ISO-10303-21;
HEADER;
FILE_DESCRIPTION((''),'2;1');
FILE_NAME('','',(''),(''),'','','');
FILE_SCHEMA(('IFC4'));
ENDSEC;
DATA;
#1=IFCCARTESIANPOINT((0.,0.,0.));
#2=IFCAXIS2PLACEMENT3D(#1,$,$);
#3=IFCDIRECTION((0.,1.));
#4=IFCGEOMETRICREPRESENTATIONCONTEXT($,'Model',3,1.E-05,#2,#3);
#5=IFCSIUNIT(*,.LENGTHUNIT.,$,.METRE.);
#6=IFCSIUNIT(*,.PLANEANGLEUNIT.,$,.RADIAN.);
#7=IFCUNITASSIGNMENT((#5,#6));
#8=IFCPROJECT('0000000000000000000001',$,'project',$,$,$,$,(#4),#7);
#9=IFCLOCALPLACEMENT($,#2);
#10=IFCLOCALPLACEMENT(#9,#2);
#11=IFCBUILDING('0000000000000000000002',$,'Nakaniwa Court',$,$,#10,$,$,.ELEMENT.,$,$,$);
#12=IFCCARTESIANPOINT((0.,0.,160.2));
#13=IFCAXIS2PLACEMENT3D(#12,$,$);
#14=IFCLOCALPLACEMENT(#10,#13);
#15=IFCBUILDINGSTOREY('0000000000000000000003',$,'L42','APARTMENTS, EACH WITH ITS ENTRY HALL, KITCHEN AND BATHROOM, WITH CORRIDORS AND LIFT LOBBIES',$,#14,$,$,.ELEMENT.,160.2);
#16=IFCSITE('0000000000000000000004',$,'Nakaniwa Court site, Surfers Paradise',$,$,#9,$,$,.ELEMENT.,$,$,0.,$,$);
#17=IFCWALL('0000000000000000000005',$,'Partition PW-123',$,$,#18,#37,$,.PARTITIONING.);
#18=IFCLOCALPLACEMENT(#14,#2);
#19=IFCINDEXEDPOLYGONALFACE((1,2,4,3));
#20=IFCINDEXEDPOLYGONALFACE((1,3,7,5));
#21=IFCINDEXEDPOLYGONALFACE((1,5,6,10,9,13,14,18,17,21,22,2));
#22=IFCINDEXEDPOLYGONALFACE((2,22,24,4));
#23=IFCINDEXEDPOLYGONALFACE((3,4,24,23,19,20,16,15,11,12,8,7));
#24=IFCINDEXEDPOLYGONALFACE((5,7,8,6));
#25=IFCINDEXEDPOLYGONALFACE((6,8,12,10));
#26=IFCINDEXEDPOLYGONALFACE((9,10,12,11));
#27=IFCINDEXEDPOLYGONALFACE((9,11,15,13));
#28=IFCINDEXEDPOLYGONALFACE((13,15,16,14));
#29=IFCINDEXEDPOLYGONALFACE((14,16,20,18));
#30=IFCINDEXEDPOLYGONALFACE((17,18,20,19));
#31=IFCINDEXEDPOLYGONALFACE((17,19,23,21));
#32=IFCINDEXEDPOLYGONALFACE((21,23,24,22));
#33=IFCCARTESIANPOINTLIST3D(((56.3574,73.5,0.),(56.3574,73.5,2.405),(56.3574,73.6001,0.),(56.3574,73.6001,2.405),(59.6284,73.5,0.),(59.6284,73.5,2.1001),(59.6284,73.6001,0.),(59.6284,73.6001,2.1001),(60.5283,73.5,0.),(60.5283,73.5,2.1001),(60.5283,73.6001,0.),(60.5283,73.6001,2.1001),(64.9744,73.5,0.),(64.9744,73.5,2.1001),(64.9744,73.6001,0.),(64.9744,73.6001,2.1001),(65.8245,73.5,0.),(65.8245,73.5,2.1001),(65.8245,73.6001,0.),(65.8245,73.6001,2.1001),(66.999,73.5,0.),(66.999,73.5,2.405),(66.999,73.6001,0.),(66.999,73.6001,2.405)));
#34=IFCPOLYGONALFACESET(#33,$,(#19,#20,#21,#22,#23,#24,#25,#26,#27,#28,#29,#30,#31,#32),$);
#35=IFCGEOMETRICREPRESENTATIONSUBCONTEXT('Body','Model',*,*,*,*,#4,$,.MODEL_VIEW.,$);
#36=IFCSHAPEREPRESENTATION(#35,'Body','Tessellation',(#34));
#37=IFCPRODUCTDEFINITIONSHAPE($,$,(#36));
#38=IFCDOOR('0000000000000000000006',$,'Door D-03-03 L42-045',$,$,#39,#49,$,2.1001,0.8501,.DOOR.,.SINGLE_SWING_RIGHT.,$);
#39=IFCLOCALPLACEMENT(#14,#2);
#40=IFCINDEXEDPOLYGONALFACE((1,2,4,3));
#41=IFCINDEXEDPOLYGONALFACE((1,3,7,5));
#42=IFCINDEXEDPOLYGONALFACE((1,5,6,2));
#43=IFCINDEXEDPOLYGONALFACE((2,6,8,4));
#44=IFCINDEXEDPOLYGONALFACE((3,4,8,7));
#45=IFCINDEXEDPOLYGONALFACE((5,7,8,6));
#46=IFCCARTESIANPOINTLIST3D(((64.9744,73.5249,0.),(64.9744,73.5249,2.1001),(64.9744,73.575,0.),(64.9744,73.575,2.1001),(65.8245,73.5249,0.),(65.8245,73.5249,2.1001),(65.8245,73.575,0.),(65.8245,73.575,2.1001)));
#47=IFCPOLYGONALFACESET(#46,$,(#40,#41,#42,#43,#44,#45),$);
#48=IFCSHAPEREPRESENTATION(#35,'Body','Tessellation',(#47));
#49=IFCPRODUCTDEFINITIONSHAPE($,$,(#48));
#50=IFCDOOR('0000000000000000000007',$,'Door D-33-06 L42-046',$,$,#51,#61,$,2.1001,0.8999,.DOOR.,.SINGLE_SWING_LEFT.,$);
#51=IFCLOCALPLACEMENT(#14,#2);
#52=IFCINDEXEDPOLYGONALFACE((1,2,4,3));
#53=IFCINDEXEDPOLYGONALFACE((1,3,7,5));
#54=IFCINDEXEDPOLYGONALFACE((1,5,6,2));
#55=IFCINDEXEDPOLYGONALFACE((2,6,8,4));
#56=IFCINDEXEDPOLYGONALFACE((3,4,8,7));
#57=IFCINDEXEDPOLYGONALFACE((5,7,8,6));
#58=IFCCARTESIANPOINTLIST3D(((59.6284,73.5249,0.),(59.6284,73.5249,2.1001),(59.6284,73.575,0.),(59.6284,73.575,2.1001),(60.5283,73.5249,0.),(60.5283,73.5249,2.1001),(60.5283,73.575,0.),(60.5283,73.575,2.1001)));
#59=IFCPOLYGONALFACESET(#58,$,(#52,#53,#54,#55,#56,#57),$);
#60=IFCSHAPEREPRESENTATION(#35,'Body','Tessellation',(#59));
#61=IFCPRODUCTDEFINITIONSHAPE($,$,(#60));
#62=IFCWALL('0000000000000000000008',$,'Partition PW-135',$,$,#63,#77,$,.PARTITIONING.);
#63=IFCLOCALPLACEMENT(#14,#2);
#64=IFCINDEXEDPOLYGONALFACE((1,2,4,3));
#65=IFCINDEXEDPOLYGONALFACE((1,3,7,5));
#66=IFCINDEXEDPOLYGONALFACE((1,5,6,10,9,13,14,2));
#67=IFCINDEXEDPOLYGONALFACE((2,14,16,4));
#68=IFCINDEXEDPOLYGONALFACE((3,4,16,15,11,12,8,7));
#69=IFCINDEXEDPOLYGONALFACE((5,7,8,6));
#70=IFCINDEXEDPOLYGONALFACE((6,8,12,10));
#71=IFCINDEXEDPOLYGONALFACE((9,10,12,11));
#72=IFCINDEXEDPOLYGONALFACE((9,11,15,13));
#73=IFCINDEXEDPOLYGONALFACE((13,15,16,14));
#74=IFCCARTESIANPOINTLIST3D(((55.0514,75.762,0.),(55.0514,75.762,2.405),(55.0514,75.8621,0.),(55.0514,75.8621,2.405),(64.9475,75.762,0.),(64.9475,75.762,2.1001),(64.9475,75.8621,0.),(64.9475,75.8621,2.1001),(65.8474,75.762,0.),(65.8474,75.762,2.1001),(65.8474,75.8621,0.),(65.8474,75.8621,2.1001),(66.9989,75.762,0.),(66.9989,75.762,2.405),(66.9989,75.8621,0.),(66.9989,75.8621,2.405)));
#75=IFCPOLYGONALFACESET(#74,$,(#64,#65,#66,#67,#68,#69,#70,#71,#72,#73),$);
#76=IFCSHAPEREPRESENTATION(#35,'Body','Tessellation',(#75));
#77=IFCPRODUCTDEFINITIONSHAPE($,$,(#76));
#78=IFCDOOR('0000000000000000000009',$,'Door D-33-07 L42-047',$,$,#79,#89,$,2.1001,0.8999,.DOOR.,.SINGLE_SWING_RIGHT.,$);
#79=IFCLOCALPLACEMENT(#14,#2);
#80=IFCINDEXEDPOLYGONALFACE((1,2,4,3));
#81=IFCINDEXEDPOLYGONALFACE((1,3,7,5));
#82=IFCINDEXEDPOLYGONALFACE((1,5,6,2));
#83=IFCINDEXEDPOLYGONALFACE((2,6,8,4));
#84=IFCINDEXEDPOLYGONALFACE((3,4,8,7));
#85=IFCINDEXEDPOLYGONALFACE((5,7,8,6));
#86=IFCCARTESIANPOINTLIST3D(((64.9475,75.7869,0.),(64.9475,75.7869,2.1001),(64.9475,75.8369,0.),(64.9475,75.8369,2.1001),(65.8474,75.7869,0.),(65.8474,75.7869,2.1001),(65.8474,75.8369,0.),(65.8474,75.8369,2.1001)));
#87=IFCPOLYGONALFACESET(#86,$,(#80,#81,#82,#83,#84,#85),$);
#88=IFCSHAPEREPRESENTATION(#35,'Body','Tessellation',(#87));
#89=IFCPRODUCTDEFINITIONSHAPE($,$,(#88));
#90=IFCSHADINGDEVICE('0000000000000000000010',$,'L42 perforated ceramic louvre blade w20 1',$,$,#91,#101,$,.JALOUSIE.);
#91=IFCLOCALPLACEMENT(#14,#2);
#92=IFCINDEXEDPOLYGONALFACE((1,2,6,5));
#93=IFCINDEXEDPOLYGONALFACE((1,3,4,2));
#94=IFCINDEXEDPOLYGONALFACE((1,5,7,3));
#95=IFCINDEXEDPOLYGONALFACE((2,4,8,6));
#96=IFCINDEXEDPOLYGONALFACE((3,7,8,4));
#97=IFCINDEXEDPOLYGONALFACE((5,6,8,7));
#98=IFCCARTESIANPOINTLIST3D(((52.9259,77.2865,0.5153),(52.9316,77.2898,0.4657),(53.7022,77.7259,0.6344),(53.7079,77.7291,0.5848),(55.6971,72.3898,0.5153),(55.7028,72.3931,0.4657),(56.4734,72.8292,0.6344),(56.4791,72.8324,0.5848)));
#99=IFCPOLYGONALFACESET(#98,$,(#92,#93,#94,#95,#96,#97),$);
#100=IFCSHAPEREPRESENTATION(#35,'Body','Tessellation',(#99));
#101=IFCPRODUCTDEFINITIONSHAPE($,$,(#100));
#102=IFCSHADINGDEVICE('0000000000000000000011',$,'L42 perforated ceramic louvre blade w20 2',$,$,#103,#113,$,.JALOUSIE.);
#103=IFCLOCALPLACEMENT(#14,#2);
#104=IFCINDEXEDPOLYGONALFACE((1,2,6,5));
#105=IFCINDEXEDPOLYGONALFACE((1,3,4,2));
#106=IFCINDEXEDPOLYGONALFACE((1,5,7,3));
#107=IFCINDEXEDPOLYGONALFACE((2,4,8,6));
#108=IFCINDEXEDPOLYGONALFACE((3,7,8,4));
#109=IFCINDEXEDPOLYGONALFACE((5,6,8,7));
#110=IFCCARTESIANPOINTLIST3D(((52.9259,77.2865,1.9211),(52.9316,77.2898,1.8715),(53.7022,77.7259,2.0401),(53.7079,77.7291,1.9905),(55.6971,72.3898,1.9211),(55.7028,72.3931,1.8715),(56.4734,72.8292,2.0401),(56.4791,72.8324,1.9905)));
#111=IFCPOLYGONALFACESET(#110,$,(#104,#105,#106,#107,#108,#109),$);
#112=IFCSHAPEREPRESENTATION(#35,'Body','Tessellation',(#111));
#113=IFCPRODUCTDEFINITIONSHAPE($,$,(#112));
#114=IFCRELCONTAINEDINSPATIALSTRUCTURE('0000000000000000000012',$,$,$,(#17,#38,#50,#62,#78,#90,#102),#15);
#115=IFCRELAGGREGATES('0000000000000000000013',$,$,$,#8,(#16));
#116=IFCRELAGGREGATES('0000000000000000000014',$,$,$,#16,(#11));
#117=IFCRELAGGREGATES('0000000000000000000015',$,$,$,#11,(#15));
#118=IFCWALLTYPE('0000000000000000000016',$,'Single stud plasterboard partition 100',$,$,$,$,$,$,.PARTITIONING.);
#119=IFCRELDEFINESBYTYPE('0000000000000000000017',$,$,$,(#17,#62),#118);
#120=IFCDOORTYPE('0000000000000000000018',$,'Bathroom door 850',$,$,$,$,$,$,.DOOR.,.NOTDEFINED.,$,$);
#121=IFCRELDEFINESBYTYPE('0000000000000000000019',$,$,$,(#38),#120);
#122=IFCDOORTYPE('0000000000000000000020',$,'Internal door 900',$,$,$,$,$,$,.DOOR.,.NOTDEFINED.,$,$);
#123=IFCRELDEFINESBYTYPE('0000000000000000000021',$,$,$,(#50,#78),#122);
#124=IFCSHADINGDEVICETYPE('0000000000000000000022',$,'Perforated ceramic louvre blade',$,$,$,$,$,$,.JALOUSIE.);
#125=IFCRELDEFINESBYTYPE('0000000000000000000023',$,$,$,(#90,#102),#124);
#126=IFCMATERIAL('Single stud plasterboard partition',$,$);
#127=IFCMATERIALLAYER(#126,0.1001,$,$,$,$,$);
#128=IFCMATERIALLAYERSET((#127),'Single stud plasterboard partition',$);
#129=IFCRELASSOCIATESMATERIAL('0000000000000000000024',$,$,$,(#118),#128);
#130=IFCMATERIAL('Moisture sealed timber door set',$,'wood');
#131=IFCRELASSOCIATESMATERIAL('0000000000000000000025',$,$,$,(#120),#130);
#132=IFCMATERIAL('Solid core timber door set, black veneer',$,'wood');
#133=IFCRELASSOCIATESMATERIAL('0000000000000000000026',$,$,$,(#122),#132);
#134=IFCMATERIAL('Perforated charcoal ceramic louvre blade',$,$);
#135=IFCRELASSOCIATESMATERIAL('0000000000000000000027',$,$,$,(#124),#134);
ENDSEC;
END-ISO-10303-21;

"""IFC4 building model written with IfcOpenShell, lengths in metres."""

from ifc_helpers import new_model, si_unit, direction, frame, frame_2d, origin, origin_2d, place, context, subcontext, project, spatial, rectangle, extrude, material, layer, layer_set, material_profile, profile_set, type_object, element, fill, save


model = new_model("IFC4")

# Units and contexts
model_context = context("Model", 3, precision=1e-05, world=origin(), true_north=direction((0.0, 1.0)))
body_context = subcontext(model_context, "Body", "Model", "MODEL_VIEW")
ifc_project = project(units=[si_unit("LENGTHUNIT", "METRE"), si_unit("PLANEANGLEUNIT", "RADIAN")], contexts=[model_context])

# Site, building, storey
site_placement = place(None, origin())
site = spatial("IfcSite", under=ifc_project, at=site_placement, Name="Nakaniwa Court site, Surfers Paradise", CompositionType="ELEMENT", RefElevation=0.0)
building_placement = place(site_placement, origin())
building = spatial("IfcBuilding", under=site, at=building_placement, Name="Nakaniwa Court", CompositionType="ELEMENT")
storey_placement = place(building_placement, frame((0.0, 0.0, 160.2)))
storey = spatial("IfcBuildingStorey", under=building, at=storey_placement, Name="L42", Description="APARTMENTS, EACH WITH ITS ENTRY HALL, KITCHEN AND BATHROOM, WITH CORRIDORS AND LIFT LOBBIES", CompositionType="ELEMENT", Elevation=160.2)

# Wall, openings, doors
ifc_material_1 = material(Name="Single stud plasterboard partition")
ifc_layer_1 = layer(ifc_material_1, 0.1001)
ifc_layer_set_1 = layer_set([ifc_layer_1], Name="Single stud plasterboard partition")
wall_type_1 = type_object("IfcWallType", Name="Single stud plasterboard partition 100", PredefinedType="PARTITIONING", material=ifc_layer_set_1)
wall_1_placement = place(storey_placement, frame((56.3574, 73.55, 0.0), z_axis=(0.0, 0.0, 1.0), x_axis=(1.0, 0.0, 0.0)))
wall_1 = element("IfcWall", 1, at=wall_1_placement, inside=storey, type_object=wall_type_1, Name="Partition PW-123", PredefinedType="PARTITIONING", context=body_context, shape_type="SweptSolid", body=[
    extrude(rectangle(XDim=10.6416, YDim=0.1001, at=frame_2d((5.3208, 0.0))), origin(), (0.0, 0.0, 1.0), 2.405),
])
opening_1_placement = place(wall_1_placement, frame((8.6169, 0.0, 0.0)))
opening_1 = element("IfcOpeningElement", 2, at=opening_1_placement, cuts=wall_1, PredefinedType="OPENING", context=body_context, shape_type="SweptSolid", body=[
    extrude(rectangle(XDim=0.8501, YDim=2.1001, at=frame_2d((0.425, 1.05))), frame((0.0, 0.0601, 0.0), z_axis=(0.0, -1.0, 0.0), x_axis=(1.0, 0.0, 0.0)), (0.0, 0.0, 1.0), 0.1201),
])
opening_2_placement = place(wall_1_placement, frame((3.271, 0.0, 0.0)))
opening_2 = element("IfcOpeningElement", 3, at=opening_2_placement, cuts=wall_1, PredefinedType="OPENING", context=body_context, shape_type="SweptSolid", body=[
    extrude(rectangle(XDim=0.8999, YDim=2.1001, at=frame_2d((0.45, 1.05))), frame((0.0, 0.0601, 0.0), z_axis=(0.0, -1.0, 0.0), x_axis=(1.0, 0.0, 0.0)), (0.0, 0.0, 1.0), 0.1201),
])
ifc_material_2 = material(Name="Moisture sealed timber door set", Category="wood")
door_type_1 = type_object("IfcDoorType", Name="Bathroom door 850", OperationType="NOTDEFINED", PredefinedType="DOOR", material=ifc_material_2)
door_1_placement = place(opening_1_placement, origin())
door_1 = element("IfcDoor", 4, at=door_1_placement, inside=storey, type_object=door_type_1, Name="Door D-03-03 L42-045", OperationType="SINGLE_SWING_RIGHT", OverallHeight=2.1001, OverallWidth=0.8501, PredefinedType="DOOR", context=body_context, shape_type="SweptSolid", body=[
    extrude(rectangle(XDim=0.8501, YDim=2.1001, at=frame_2d((0.425, 1.05))), frame((0.0, 0.0249, 0.0), z_axis=(0.0, -1.0, 0.0), x_axis=(1.0, 0.0, 0.0)), (0.0, 0.0, 1.0), 0.05),
])
fill(opening_1, door_1)
ifc_material_3 = material(Name="Solid core timber door set, black veneer", Category="wood")
door_type_2 = type_object("IfcDoorType", Name="Internal door 900", OperationType="NOTDEFINED", PredefinedType="DOOR", material=ifc_material_3)
door_2_placement = place(opening_2_placement, origin())
door_2 = element("IfcDoor", 5, at=door_2_placement, inside=storey, type_object=door_type_2, Name="Door D-33-06 L42-046", OperationType="SINGLE_SWING_LEFT", OverallHeight=2.1001, OverallWidth=0.8999, PredefinedType="DOOR", context=body_context, shape_type="SweptSolid", body=[
    extrude(rectangle(XDim=0.8999, YDim=2.1001, at=frame_2d((0.45, 1.05))), frame((0.0, 0.0249, 0.0), z_axis=(0.0, -1.0, 0.0), x_axis=(1.0, 0.0, 0.0)), (0.0, 0.0, 1.0), 0.05),
])
fill(opening_2, door_2)

# Wall, opening, door
wall_2_placement = place(storey_placement, frame((55.0515, 75.812, 0.0), z_axis=(0.0, 0.0, 1.0), x_axis=(1.0, 0.0, 0.0)))
wall_2 = element("IfcWall", 6, at=wall_2_placement, inside=storey, type_object=wall_type_1, Name="Partition PW-135", PredefinedType="PARTITIONING", context=body_context, shape_type="SweptSolid", body=[
    extrude(rectangle(XDim=11.9475, YDim=0.1001, at=frame_2d((5.9736, 0.0))), origin(), (0.0, 0.0, 1.0), 2.405),
])
opening_3_placement = place(wall_2_placement, frame((9.896, 0.0, 0.0)))
opening_3 = element("IfcOpeningElement", 7, at=opening_3_placement, cuts=wall_2, PredefinedType="OPENING", context=body_context, shape_type="SweptSolid", body=[
    extrude(rectangle(XDim=0.8999, YDim=2.1001, at=frame_2d((0.45, 1.05))), frame((0.0, 0.0601, 0.0), z_axis=(0.0, -1.0, 0.0), x_axis=(1.0, 0.0, 0.0)), (0.0, 0.0, 1.0), 0.1201),
])
door_3_placement = place(opening_3_placement, origin())
door_3 = element("IfcDoor", 8, at=door_3_placement, inside=storey, type_object=door_type_2, Name="Door D-33-07 L42-047", OperationType="SINGLE_SWING_RIGHT", OverallHeight=2.1001, OverallWidth=0.8999, PredefinedType="DOOR", context=body_context, shape_type="SweptSolid", body=[
    extrude(rectangle(XDim=0.8999, YDim=2.1001, at=frame_2d((0.45, 1.05))), frame((0.0, 0.0249, 0.0), z_axis=(0.0, -1.0, 0.0), x_axis=(1.0, 0.0, 0.0)), (0.0, 0.0, 1.0), 0.05),
])
fill(opening_3, door_3)

# Shading devices
ifc_material_4 = material(Name="Perforated charcoal ceramic louvre blade")
ifc_material_profile_1 = material_profile(ifc_material_4, rectangle(XDim=0.8999, YDim=0.05, at=origin_2d()), Name="Perforated ceramic louvre blade")
ifc_profile_set_1 = profile_set([ifc_material_profile_1], Name="Perforated charcoal ceramic louvre blade")
shading_device_type = type_object("IfcShadingDeviceType", Name="Perforated ceramic louvre blade", PredefinedType="JALOUSIE", material=ifc_profile_set_1)
for number, where, z_axis, x_axis, name in (
    (9, (53.3169, 77.5078, 0.55), (0.492532, -0.870294, 0.0), (0.862649, 0.488205, 0.132256), "L42 perforated ceramic louvre blade w20 1"),
    (10, (53.3169, 77.5078, 1.9558), (0.492532, -0.870294, 0.0), (0.862649, 0.488205, 0.132256), "L42 perforated ceramic louvre blade w20 2"),
):
    element("IfcShadingDevice", number, at=place(storey_placement, frame(where, z_axis=z_axis, x_axis=x_axis)), inside=storey, type_object=shading_device_type, Name=name, PredefinedType="JALOUSIE", context=body_context, shape_type="SweptSolid", body=[
        extrude(rectangle(XDim=0.8999, YDim=0.05, at=origin_2d()), origin(), (0.0, 0.0, 1.0), 5.6265),
    ])

save(model, "model.ifc")
